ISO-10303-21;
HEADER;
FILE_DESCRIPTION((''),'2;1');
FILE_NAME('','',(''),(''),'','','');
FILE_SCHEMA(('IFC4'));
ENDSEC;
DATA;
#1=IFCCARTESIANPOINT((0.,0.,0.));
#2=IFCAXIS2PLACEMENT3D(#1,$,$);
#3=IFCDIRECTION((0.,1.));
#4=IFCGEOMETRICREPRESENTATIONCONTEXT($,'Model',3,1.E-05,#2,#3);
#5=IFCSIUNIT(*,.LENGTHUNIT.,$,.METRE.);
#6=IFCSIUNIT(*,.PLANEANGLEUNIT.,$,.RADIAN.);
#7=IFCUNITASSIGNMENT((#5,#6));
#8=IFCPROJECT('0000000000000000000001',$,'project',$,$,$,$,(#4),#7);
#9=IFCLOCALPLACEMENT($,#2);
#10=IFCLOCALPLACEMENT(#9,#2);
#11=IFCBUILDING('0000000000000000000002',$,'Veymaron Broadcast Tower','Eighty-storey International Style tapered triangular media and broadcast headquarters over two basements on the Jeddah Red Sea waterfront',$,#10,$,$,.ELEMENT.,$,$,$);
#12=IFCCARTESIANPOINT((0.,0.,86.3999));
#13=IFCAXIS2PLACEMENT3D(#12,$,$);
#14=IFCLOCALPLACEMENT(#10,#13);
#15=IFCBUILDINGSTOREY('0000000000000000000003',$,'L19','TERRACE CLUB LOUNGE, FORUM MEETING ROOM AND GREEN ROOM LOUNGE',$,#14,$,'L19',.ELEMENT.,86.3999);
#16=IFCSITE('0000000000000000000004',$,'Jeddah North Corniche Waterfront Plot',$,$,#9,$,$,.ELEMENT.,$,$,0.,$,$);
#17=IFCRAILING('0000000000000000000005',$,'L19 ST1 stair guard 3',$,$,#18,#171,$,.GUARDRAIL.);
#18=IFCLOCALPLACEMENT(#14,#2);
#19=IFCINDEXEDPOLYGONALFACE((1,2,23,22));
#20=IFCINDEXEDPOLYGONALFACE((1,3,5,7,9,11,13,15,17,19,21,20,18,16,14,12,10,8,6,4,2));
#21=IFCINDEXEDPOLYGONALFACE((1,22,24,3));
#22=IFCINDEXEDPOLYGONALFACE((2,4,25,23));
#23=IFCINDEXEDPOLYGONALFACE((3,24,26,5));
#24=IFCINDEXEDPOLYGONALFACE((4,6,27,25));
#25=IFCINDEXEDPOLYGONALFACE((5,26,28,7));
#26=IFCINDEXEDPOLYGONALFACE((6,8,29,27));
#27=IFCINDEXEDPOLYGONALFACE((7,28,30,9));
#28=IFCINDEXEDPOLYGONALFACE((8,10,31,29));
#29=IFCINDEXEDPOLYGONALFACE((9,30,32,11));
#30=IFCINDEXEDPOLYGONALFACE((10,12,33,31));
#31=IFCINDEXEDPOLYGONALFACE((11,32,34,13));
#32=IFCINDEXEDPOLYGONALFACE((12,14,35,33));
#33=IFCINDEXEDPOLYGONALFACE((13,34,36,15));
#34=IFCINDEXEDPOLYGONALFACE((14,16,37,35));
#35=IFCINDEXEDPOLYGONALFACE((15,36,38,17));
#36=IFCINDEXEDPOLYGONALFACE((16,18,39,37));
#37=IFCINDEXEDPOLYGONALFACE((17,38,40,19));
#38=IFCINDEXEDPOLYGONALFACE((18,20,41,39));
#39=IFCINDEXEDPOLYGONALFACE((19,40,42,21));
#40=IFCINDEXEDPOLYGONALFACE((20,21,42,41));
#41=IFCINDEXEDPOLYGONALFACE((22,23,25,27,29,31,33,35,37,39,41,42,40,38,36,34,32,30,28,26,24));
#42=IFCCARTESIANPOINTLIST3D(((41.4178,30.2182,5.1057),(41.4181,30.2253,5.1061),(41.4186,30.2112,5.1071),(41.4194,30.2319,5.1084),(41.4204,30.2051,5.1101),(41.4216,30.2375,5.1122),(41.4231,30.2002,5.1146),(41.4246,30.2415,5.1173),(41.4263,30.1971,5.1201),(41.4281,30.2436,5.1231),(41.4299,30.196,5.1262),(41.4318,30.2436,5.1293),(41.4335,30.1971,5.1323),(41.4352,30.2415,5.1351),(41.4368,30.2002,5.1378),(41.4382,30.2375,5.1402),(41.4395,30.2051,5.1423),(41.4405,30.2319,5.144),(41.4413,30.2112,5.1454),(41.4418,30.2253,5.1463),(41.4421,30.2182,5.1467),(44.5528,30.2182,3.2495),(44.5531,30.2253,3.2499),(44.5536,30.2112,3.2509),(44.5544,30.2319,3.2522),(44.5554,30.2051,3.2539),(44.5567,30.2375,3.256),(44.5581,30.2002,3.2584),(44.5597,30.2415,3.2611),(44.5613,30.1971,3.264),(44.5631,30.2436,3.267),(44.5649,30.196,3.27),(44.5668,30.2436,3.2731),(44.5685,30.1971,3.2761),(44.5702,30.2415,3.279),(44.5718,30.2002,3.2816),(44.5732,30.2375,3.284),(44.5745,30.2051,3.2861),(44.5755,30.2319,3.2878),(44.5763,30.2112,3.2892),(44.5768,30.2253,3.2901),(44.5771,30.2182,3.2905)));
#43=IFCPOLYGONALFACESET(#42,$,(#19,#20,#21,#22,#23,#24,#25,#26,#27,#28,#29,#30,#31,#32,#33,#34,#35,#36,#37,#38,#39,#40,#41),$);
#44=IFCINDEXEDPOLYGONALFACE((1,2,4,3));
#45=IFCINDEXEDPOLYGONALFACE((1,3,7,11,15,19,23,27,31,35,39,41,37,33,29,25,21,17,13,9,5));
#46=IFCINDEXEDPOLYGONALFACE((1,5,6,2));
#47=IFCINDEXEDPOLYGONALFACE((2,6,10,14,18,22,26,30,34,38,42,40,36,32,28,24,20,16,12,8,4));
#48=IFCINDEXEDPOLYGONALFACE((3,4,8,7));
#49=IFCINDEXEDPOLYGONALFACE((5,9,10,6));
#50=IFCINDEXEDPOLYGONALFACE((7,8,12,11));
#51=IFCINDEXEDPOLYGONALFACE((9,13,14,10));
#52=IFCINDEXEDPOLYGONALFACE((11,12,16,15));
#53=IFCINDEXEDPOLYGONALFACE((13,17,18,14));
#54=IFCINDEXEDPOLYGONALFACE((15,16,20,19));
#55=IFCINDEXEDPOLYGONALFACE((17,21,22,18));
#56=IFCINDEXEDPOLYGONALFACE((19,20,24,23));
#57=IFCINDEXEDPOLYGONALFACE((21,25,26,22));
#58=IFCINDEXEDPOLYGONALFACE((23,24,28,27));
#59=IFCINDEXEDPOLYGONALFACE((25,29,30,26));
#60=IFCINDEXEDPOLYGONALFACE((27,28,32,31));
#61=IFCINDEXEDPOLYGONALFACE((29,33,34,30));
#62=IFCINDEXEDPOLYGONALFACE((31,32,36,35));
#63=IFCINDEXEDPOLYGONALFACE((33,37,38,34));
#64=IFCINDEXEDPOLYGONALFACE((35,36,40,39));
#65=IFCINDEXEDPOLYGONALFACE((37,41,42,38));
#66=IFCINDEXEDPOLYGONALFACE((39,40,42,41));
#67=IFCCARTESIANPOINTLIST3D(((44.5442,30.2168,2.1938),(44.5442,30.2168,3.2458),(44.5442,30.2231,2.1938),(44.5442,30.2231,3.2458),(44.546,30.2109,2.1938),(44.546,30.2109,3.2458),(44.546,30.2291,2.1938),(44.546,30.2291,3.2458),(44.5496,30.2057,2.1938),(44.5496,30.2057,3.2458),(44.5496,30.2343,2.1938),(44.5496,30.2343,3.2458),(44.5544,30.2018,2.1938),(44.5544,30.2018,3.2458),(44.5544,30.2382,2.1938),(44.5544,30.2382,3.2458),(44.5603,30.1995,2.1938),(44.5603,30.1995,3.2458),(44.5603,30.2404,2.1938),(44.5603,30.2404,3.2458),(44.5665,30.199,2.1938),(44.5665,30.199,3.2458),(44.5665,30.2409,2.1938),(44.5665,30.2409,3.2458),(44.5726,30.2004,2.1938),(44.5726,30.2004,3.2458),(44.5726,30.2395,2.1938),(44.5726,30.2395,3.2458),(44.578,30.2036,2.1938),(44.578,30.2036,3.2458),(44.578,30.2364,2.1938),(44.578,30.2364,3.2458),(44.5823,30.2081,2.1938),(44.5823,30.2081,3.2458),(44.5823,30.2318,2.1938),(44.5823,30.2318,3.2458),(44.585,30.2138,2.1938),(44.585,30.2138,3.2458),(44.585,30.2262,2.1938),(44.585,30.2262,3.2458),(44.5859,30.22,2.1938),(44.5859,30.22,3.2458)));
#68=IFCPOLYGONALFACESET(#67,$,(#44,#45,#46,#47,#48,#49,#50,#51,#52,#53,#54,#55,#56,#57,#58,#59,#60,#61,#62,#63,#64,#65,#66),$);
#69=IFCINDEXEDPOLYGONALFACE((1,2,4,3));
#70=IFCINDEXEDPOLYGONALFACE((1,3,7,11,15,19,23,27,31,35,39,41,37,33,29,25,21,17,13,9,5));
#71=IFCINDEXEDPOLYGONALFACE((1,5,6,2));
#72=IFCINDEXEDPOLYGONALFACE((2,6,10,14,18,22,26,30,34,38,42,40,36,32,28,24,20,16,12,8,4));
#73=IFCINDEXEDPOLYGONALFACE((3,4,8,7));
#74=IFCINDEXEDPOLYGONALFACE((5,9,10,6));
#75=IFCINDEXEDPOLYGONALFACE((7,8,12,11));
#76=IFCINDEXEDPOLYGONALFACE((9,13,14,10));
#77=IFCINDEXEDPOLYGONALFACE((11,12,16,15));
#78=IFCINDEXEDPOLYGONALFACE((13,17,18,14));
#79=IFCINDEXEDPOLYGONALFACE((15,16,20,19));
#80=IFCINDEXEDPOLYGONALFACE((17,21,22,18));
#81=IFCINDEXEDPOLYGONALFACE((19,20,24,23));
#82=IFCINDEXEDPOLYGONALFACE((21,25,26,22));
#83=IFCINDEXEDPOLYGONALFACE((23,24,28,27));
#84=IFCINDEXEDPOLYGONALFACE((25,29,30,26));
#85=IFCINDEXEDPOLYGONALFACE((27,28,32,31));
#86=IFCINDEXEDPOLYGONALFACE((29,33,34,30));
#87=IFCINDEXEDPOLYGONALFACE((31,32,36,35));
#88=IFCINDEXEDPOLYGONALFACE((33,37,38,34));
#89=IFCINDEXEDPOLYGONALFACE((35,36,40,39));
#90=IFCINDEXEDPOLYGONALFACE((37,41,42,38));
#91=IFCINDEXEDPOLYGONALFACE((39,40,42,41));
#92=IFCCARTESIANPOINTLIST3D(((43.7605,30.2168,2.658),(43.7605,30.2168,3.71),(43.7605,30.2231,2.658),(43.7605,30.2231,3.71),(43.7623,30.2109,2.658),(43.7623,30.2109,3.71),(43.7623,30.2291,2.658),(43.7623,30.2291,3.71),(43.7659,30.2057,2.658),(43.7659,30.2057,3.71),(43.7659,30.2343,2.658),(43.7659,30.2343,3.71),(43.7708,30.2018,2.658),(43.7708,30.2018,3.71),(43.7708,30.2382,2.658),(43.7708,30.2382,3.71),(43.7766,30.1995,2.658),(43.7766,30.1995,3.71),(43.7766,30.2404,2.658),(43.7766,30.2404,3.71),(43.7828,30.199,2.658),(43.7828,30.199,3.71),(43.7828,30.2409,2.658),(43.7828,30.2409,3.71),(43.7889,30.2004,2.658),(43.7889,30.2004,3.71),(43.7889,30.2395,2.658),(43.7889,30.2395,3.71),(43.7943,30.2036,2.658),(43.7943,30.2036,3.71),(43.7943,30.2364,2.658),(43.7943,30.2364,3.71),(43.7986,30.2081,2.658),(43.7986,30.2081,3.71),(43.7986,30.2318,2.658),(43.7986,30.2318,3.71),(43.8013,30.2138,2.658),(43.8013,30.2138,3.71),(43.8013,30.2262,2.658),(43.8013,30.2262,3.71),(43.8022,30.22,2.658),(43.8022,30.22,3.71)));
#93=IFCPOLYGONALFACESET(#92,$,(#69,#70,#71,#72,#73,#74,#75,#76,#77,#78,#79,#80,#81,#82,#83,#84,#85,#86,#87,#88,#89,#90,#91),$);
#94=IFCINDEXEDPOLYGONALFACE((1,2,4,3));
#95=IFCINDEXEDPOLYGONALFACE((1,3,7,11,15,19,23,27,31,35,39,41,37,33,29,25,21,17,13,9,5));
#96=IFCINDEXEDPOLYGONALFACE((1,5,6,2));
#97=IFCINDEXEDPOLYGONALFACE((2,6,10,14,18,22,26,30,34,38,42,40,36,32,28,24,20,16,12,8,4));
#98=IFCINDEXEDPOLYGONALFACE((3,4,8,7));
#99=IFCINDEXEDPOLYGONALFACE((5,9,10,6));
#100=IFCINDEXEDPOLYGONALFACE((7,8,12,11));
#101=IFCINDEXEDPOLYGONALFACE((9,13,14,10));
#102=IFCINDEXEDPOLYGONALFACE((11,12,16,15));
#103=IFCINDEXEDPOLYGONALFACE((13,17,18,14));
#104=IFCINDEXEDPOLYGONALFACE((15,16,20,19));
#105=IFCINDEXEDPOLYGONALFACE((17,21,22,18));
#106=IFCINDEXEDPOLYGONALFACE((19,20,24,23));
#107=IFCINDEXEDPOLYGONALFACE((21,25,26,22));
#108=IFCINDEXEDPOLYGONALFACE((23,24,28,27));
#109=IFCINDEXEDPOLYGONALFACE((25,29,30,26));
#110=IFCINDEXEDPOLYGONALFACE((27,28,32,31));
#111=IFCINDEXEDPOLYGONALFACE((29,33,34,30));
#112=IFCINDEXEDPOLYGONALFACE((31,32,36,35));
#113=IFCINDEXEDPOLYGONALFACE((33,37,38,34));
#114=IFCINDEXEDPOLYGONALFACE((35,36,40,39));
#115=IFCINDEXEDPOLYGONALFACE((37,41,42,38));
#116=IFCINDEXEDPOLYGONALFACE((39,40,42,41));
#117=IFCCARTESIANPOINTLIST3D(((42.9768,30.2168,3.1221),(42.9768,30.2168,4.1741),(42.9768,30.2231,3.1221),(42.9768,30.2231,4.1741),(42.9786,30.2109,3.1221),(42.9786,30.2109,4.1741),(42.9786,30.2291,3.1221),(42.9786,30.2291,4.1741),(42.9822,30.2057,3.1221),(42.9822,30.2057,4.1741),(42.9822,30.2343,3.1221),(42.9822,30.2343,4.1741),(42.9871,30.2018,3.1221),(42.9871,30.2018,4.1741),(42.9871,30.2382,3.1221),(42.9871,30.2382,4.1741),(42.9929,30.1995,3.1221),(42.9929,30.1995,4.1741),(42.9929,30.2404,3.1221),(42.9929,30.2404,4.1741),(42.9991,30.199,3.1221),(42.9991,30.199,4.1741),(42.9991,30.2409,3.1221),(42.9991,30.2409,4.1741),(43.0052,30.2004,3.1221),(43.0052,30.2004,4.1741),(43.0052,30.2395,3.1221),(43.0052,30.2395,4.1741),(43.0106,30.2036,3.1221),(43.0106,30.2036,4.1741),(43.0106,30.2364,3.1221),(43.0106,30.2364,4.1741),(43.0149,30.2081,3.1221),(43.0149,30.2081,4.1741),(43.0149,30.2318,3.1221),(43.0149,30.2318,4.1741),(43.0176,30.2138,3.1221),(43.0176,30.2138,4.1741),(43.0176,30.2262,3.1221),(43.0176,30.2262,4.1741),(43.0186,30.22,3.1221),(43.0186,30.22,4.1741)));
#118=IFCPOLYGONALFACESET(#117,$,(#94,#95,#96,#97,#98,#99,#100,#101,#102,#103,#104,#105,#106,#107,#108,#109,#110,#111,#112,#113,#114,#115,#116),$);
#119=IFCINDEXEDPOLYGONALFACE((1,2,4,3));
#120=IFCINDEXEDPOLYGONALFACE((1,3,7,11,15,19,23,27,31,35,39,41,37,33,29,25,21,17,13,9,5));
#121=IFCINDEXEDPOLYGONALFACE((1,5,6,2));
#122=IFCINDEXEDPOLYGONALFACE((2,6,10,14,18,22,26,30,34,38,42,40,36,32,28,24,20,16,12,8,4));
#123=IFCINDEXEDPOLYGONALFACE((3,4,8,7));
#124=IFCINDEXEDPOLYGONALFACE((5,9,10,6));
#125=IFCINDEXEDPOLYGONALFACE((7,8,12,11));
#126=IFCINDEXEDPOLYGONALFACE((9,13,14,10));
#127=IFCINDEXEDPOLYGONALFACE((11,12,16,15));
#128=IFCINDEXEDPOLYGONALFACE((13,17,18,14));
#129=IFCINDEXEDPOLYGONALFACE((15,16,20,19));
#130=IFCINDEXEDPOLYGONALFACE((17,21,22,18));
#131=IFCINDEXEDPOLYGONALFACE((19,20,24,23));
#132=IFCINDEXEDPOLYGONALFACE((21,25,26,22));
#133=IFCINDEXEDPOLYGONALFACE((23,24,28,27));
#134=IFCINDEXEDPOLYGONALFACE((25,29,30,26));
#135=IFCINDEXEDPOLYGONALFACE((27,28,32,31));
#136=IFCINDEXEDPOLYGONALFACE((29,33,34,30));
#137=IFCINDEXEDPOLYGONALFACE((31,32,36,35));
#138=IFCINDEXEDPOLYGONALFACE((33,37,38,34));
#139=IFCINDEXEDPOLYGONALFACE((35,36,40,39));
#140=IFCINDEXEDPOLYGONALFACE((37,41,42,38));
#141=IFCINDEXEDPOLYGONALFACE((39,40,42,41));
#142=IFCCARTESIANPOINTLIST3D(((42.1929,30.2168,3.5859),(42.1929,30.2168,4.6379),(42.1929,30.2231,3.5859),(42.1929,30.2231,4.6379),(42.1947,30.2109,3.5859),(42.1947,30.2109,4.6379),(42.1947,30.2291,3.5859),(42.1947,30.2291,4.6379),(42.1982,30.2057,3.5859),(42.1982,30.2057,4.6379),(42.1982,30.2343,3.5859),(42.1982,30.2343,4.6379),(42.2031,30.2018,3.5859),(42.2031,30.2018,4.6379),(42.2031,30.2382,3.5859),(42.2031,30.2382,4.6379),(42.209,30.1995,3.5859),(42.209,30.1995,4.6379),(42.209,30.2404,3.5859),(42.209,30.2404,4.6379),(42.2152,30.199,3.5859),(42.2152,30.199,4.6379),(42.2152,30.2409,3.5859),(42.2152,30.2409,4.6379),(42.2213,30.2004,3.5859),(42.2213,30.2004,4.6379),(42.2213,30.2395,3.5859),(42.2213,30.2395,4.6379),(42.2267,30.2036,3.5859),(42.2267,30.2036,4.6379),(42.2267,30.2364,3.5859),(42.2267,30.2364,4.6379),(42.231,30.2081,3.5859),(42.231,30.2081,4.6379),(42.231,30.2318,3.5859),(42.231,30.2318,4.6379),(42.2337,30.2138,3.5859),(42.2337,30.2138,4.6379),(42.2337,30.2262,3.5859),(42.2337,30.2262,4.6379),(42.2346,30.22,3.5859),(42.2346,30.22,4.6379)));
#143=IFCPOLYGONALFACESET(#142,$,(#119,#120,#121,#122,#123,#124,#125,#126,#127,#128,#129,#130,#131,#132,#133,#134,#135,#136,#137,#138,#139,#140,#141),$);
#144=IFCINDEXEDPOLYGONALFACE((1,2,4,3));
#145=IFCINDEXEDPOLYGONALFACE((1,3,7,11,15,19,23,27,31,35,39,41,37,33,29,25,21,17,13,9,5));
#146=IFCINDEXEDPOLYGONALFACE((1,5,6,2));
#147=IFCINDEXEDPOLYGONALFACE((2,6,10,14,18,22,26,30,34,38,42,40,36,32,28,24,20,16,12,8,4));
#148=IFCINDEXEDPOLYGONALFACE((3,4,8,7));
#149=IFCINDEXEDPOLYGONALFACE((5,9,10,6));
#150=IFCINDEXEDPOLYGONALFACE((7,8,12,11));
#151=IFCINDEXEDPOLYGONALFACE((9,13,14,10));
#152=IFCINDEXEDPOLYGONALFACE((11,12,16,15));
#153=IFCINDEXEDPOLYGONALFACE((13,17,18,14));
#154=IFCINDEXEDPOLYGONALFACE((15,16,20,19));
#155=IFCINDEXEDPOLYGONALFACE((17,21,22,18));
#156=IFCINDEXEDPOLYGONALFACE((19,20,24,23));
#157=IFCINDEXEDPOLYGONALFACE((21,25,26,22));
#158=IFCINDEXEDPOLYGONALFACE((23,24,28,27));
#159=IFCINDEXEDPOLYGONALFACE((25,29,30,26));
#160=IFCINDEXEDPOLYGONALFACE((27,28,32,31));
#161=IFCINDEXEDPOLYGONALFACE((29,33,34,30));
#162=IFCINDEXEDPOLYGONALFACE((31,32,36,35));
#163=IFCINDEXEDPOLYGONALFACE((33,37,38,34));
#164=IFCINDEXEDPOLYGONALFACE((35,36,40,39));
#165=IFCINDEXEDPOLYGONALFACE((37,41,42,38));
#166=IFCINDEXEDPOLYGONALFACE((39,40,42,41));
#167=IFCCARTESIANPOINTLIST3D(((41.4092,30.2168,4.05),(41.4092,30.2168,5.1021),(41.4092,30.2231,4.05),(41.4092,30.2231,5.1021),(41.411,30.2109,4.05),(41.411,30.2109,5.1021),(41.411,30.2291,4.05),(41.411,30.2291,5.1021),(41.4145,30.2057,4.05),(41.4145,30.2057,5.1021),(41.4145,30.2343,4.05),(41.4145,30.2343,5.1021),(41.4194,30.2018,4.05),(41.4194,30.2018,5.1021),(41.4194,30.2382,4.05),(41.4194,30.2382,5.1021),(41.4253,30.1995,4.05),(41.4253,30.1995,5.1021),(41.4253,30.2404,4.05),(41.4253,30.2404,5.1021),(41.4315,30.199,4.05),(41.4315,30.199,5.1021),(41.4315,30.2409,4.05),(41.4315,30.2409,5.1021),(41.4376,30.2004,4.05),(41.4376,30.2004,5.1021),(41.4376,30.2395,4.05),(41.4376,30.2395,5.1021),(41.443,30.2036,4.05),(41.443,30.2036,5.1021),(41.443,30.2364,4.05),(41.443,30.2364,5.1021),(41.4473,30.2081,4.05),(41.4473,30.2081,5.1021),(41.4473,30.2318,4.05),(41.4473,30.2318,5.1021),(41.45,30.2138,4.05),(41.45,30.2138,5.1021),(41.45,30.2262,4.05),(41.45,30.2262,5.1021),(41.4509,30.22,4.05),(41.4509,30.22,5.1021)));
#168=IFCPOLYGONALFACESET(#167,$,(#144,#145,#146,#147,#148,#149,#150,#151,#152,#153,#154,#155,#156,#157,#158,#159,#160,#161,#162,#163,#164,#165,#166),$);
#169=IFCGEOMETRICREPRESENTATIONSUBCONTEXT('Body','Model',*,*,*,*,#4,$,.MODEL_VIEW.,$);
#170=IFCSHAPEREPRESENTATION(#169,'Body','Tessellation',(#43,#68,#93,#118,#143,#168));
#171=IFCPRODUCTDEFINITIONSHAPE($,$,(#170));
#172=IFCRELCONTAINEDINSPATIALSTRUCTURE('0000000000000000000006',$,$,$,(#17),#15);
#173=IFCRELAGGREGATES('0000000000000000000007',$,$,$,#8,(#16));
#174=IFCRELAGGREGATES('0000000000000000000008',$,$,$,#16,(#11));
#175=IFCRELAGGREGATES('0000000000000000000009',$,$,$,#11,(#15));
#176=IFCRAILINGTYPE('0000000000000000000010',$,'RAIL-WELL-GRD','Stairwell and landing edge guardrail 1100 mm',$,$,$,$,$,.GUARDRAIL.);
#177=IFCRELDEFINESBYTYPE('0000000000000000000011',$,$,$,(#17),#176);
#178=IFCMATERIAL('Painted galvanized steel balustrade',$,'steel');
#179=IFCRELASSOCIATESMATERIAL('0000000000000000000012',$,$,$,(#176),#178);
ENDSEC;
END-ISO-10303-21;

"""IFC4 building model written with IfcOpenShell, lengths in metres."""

from ifc_helpers import new_model, si_unit, direction, frame, origin, origin_2d, place, context, subcontext, project, spatial, circle, extrude, material, type_object, element, save


model = new_model("IFC4")

# Units and contexts
model_context = context("Model", 3, precision=1e-05, world=origin(), true_north=direction((0.0, 1.0)))
body_context = subcontext(model_context, "Body", "Model", "MODEL_VIEW")
ifc_project = project(units=[si_unit("LENGTHUNIT", "METRE"), si_unit("PLANEANGLEUNIT", "RADIAN")], contexts=[model_context])

# Site, building, storey
site_placement = place(None, origin())
site = spatial("IfcSite", under=ifc_project, at=site_placement, Name="Jeddah North Corniche Waterfront Plot", CompositionType="ELEMENT", RefElevation=0.0)
building_placement = place(site_placement, origin())
building = spatial("IfcBuilding", under=site, at=building_placement, Name="Veymaron Broadcast Tower", Description="Eighty-storey International Style tapered triangular media and broadcast headquarters over two basements on the Jeddah Red Sea waterfront", CompositionType="ELEMENT")
storey_placement = place(building_placement, frame((0.0, 0.0, 86.3999)))
storey = spatial("IfcBuildingStorey", under=building, at=storey_placement, Name="L19", Description="TERRACE CLUB LOUNGE, FORUM MEETING ROOM AND GREEN ROOM LOUNGE", LongName="L19", CompositionType="ELEMENT", Elevation=86.3999)

# Railing
ifc_material_1 = material(Name="Painted galvanized steel balustrade", Category="steel")
railing_type_1 = type_object("IfcRailingType", Name="RAIL-WELL-GRD", Description="Stairwell and landing edge guardrail 1100 mm", PredefinedType="GUARDRAIL", material=ifc_material_1)
railing_1_placement = place(storey_placement, frame((44.5649, 30.22, 2.1938)))
element("IfcRailing", 1, at=railing_1_placement, inside=storey, type_object=railing_type_1, Name="L19 ST1 stair guard 3", PredefinedType="GUARDRAIL", context=body_context, shape_type="SweptSolid", body=[
    extrude(circle(Radius=0.0239, at=origin_2d()), frame((0.0, 0.0, 1.0762), z_axis=(-0.860482, 0.0, 0.509481), x_axis=(0.0, -1.0, 0.0)), (0.0, 0.0, 1.0), 3.6433),
    extrude(circle(Radius=0.021, at=origin_2d()), origin(), (0.0, 0.0, 1.0), 1.052),
    extrude(circle(Radius=0.021, at=origin_2d()), frame((-0.7837, 0.0, 0.4641)), (0.0, 0.0, 1.0), 1.052),
    extrude(circle(Radius=0.021, at=origin_2d()), frame((-1.5674, 0.0, 0.9282)), (0.0, 0.0, 1.0), 1.052),
    extrude(circle(Radius=0.021, at=origin_2d()), frame((-2.3513, 0.0, 1.3921)), (0.0, 0.0, 1.0), 1.052),
    extrude(circle(Radius=0.021, at=origin_2d()), frame((-3.135, 0.0, 1.8562)), (0.0, 0.0, 1.0), 1.052),
])

save(model, "model.ifc")
